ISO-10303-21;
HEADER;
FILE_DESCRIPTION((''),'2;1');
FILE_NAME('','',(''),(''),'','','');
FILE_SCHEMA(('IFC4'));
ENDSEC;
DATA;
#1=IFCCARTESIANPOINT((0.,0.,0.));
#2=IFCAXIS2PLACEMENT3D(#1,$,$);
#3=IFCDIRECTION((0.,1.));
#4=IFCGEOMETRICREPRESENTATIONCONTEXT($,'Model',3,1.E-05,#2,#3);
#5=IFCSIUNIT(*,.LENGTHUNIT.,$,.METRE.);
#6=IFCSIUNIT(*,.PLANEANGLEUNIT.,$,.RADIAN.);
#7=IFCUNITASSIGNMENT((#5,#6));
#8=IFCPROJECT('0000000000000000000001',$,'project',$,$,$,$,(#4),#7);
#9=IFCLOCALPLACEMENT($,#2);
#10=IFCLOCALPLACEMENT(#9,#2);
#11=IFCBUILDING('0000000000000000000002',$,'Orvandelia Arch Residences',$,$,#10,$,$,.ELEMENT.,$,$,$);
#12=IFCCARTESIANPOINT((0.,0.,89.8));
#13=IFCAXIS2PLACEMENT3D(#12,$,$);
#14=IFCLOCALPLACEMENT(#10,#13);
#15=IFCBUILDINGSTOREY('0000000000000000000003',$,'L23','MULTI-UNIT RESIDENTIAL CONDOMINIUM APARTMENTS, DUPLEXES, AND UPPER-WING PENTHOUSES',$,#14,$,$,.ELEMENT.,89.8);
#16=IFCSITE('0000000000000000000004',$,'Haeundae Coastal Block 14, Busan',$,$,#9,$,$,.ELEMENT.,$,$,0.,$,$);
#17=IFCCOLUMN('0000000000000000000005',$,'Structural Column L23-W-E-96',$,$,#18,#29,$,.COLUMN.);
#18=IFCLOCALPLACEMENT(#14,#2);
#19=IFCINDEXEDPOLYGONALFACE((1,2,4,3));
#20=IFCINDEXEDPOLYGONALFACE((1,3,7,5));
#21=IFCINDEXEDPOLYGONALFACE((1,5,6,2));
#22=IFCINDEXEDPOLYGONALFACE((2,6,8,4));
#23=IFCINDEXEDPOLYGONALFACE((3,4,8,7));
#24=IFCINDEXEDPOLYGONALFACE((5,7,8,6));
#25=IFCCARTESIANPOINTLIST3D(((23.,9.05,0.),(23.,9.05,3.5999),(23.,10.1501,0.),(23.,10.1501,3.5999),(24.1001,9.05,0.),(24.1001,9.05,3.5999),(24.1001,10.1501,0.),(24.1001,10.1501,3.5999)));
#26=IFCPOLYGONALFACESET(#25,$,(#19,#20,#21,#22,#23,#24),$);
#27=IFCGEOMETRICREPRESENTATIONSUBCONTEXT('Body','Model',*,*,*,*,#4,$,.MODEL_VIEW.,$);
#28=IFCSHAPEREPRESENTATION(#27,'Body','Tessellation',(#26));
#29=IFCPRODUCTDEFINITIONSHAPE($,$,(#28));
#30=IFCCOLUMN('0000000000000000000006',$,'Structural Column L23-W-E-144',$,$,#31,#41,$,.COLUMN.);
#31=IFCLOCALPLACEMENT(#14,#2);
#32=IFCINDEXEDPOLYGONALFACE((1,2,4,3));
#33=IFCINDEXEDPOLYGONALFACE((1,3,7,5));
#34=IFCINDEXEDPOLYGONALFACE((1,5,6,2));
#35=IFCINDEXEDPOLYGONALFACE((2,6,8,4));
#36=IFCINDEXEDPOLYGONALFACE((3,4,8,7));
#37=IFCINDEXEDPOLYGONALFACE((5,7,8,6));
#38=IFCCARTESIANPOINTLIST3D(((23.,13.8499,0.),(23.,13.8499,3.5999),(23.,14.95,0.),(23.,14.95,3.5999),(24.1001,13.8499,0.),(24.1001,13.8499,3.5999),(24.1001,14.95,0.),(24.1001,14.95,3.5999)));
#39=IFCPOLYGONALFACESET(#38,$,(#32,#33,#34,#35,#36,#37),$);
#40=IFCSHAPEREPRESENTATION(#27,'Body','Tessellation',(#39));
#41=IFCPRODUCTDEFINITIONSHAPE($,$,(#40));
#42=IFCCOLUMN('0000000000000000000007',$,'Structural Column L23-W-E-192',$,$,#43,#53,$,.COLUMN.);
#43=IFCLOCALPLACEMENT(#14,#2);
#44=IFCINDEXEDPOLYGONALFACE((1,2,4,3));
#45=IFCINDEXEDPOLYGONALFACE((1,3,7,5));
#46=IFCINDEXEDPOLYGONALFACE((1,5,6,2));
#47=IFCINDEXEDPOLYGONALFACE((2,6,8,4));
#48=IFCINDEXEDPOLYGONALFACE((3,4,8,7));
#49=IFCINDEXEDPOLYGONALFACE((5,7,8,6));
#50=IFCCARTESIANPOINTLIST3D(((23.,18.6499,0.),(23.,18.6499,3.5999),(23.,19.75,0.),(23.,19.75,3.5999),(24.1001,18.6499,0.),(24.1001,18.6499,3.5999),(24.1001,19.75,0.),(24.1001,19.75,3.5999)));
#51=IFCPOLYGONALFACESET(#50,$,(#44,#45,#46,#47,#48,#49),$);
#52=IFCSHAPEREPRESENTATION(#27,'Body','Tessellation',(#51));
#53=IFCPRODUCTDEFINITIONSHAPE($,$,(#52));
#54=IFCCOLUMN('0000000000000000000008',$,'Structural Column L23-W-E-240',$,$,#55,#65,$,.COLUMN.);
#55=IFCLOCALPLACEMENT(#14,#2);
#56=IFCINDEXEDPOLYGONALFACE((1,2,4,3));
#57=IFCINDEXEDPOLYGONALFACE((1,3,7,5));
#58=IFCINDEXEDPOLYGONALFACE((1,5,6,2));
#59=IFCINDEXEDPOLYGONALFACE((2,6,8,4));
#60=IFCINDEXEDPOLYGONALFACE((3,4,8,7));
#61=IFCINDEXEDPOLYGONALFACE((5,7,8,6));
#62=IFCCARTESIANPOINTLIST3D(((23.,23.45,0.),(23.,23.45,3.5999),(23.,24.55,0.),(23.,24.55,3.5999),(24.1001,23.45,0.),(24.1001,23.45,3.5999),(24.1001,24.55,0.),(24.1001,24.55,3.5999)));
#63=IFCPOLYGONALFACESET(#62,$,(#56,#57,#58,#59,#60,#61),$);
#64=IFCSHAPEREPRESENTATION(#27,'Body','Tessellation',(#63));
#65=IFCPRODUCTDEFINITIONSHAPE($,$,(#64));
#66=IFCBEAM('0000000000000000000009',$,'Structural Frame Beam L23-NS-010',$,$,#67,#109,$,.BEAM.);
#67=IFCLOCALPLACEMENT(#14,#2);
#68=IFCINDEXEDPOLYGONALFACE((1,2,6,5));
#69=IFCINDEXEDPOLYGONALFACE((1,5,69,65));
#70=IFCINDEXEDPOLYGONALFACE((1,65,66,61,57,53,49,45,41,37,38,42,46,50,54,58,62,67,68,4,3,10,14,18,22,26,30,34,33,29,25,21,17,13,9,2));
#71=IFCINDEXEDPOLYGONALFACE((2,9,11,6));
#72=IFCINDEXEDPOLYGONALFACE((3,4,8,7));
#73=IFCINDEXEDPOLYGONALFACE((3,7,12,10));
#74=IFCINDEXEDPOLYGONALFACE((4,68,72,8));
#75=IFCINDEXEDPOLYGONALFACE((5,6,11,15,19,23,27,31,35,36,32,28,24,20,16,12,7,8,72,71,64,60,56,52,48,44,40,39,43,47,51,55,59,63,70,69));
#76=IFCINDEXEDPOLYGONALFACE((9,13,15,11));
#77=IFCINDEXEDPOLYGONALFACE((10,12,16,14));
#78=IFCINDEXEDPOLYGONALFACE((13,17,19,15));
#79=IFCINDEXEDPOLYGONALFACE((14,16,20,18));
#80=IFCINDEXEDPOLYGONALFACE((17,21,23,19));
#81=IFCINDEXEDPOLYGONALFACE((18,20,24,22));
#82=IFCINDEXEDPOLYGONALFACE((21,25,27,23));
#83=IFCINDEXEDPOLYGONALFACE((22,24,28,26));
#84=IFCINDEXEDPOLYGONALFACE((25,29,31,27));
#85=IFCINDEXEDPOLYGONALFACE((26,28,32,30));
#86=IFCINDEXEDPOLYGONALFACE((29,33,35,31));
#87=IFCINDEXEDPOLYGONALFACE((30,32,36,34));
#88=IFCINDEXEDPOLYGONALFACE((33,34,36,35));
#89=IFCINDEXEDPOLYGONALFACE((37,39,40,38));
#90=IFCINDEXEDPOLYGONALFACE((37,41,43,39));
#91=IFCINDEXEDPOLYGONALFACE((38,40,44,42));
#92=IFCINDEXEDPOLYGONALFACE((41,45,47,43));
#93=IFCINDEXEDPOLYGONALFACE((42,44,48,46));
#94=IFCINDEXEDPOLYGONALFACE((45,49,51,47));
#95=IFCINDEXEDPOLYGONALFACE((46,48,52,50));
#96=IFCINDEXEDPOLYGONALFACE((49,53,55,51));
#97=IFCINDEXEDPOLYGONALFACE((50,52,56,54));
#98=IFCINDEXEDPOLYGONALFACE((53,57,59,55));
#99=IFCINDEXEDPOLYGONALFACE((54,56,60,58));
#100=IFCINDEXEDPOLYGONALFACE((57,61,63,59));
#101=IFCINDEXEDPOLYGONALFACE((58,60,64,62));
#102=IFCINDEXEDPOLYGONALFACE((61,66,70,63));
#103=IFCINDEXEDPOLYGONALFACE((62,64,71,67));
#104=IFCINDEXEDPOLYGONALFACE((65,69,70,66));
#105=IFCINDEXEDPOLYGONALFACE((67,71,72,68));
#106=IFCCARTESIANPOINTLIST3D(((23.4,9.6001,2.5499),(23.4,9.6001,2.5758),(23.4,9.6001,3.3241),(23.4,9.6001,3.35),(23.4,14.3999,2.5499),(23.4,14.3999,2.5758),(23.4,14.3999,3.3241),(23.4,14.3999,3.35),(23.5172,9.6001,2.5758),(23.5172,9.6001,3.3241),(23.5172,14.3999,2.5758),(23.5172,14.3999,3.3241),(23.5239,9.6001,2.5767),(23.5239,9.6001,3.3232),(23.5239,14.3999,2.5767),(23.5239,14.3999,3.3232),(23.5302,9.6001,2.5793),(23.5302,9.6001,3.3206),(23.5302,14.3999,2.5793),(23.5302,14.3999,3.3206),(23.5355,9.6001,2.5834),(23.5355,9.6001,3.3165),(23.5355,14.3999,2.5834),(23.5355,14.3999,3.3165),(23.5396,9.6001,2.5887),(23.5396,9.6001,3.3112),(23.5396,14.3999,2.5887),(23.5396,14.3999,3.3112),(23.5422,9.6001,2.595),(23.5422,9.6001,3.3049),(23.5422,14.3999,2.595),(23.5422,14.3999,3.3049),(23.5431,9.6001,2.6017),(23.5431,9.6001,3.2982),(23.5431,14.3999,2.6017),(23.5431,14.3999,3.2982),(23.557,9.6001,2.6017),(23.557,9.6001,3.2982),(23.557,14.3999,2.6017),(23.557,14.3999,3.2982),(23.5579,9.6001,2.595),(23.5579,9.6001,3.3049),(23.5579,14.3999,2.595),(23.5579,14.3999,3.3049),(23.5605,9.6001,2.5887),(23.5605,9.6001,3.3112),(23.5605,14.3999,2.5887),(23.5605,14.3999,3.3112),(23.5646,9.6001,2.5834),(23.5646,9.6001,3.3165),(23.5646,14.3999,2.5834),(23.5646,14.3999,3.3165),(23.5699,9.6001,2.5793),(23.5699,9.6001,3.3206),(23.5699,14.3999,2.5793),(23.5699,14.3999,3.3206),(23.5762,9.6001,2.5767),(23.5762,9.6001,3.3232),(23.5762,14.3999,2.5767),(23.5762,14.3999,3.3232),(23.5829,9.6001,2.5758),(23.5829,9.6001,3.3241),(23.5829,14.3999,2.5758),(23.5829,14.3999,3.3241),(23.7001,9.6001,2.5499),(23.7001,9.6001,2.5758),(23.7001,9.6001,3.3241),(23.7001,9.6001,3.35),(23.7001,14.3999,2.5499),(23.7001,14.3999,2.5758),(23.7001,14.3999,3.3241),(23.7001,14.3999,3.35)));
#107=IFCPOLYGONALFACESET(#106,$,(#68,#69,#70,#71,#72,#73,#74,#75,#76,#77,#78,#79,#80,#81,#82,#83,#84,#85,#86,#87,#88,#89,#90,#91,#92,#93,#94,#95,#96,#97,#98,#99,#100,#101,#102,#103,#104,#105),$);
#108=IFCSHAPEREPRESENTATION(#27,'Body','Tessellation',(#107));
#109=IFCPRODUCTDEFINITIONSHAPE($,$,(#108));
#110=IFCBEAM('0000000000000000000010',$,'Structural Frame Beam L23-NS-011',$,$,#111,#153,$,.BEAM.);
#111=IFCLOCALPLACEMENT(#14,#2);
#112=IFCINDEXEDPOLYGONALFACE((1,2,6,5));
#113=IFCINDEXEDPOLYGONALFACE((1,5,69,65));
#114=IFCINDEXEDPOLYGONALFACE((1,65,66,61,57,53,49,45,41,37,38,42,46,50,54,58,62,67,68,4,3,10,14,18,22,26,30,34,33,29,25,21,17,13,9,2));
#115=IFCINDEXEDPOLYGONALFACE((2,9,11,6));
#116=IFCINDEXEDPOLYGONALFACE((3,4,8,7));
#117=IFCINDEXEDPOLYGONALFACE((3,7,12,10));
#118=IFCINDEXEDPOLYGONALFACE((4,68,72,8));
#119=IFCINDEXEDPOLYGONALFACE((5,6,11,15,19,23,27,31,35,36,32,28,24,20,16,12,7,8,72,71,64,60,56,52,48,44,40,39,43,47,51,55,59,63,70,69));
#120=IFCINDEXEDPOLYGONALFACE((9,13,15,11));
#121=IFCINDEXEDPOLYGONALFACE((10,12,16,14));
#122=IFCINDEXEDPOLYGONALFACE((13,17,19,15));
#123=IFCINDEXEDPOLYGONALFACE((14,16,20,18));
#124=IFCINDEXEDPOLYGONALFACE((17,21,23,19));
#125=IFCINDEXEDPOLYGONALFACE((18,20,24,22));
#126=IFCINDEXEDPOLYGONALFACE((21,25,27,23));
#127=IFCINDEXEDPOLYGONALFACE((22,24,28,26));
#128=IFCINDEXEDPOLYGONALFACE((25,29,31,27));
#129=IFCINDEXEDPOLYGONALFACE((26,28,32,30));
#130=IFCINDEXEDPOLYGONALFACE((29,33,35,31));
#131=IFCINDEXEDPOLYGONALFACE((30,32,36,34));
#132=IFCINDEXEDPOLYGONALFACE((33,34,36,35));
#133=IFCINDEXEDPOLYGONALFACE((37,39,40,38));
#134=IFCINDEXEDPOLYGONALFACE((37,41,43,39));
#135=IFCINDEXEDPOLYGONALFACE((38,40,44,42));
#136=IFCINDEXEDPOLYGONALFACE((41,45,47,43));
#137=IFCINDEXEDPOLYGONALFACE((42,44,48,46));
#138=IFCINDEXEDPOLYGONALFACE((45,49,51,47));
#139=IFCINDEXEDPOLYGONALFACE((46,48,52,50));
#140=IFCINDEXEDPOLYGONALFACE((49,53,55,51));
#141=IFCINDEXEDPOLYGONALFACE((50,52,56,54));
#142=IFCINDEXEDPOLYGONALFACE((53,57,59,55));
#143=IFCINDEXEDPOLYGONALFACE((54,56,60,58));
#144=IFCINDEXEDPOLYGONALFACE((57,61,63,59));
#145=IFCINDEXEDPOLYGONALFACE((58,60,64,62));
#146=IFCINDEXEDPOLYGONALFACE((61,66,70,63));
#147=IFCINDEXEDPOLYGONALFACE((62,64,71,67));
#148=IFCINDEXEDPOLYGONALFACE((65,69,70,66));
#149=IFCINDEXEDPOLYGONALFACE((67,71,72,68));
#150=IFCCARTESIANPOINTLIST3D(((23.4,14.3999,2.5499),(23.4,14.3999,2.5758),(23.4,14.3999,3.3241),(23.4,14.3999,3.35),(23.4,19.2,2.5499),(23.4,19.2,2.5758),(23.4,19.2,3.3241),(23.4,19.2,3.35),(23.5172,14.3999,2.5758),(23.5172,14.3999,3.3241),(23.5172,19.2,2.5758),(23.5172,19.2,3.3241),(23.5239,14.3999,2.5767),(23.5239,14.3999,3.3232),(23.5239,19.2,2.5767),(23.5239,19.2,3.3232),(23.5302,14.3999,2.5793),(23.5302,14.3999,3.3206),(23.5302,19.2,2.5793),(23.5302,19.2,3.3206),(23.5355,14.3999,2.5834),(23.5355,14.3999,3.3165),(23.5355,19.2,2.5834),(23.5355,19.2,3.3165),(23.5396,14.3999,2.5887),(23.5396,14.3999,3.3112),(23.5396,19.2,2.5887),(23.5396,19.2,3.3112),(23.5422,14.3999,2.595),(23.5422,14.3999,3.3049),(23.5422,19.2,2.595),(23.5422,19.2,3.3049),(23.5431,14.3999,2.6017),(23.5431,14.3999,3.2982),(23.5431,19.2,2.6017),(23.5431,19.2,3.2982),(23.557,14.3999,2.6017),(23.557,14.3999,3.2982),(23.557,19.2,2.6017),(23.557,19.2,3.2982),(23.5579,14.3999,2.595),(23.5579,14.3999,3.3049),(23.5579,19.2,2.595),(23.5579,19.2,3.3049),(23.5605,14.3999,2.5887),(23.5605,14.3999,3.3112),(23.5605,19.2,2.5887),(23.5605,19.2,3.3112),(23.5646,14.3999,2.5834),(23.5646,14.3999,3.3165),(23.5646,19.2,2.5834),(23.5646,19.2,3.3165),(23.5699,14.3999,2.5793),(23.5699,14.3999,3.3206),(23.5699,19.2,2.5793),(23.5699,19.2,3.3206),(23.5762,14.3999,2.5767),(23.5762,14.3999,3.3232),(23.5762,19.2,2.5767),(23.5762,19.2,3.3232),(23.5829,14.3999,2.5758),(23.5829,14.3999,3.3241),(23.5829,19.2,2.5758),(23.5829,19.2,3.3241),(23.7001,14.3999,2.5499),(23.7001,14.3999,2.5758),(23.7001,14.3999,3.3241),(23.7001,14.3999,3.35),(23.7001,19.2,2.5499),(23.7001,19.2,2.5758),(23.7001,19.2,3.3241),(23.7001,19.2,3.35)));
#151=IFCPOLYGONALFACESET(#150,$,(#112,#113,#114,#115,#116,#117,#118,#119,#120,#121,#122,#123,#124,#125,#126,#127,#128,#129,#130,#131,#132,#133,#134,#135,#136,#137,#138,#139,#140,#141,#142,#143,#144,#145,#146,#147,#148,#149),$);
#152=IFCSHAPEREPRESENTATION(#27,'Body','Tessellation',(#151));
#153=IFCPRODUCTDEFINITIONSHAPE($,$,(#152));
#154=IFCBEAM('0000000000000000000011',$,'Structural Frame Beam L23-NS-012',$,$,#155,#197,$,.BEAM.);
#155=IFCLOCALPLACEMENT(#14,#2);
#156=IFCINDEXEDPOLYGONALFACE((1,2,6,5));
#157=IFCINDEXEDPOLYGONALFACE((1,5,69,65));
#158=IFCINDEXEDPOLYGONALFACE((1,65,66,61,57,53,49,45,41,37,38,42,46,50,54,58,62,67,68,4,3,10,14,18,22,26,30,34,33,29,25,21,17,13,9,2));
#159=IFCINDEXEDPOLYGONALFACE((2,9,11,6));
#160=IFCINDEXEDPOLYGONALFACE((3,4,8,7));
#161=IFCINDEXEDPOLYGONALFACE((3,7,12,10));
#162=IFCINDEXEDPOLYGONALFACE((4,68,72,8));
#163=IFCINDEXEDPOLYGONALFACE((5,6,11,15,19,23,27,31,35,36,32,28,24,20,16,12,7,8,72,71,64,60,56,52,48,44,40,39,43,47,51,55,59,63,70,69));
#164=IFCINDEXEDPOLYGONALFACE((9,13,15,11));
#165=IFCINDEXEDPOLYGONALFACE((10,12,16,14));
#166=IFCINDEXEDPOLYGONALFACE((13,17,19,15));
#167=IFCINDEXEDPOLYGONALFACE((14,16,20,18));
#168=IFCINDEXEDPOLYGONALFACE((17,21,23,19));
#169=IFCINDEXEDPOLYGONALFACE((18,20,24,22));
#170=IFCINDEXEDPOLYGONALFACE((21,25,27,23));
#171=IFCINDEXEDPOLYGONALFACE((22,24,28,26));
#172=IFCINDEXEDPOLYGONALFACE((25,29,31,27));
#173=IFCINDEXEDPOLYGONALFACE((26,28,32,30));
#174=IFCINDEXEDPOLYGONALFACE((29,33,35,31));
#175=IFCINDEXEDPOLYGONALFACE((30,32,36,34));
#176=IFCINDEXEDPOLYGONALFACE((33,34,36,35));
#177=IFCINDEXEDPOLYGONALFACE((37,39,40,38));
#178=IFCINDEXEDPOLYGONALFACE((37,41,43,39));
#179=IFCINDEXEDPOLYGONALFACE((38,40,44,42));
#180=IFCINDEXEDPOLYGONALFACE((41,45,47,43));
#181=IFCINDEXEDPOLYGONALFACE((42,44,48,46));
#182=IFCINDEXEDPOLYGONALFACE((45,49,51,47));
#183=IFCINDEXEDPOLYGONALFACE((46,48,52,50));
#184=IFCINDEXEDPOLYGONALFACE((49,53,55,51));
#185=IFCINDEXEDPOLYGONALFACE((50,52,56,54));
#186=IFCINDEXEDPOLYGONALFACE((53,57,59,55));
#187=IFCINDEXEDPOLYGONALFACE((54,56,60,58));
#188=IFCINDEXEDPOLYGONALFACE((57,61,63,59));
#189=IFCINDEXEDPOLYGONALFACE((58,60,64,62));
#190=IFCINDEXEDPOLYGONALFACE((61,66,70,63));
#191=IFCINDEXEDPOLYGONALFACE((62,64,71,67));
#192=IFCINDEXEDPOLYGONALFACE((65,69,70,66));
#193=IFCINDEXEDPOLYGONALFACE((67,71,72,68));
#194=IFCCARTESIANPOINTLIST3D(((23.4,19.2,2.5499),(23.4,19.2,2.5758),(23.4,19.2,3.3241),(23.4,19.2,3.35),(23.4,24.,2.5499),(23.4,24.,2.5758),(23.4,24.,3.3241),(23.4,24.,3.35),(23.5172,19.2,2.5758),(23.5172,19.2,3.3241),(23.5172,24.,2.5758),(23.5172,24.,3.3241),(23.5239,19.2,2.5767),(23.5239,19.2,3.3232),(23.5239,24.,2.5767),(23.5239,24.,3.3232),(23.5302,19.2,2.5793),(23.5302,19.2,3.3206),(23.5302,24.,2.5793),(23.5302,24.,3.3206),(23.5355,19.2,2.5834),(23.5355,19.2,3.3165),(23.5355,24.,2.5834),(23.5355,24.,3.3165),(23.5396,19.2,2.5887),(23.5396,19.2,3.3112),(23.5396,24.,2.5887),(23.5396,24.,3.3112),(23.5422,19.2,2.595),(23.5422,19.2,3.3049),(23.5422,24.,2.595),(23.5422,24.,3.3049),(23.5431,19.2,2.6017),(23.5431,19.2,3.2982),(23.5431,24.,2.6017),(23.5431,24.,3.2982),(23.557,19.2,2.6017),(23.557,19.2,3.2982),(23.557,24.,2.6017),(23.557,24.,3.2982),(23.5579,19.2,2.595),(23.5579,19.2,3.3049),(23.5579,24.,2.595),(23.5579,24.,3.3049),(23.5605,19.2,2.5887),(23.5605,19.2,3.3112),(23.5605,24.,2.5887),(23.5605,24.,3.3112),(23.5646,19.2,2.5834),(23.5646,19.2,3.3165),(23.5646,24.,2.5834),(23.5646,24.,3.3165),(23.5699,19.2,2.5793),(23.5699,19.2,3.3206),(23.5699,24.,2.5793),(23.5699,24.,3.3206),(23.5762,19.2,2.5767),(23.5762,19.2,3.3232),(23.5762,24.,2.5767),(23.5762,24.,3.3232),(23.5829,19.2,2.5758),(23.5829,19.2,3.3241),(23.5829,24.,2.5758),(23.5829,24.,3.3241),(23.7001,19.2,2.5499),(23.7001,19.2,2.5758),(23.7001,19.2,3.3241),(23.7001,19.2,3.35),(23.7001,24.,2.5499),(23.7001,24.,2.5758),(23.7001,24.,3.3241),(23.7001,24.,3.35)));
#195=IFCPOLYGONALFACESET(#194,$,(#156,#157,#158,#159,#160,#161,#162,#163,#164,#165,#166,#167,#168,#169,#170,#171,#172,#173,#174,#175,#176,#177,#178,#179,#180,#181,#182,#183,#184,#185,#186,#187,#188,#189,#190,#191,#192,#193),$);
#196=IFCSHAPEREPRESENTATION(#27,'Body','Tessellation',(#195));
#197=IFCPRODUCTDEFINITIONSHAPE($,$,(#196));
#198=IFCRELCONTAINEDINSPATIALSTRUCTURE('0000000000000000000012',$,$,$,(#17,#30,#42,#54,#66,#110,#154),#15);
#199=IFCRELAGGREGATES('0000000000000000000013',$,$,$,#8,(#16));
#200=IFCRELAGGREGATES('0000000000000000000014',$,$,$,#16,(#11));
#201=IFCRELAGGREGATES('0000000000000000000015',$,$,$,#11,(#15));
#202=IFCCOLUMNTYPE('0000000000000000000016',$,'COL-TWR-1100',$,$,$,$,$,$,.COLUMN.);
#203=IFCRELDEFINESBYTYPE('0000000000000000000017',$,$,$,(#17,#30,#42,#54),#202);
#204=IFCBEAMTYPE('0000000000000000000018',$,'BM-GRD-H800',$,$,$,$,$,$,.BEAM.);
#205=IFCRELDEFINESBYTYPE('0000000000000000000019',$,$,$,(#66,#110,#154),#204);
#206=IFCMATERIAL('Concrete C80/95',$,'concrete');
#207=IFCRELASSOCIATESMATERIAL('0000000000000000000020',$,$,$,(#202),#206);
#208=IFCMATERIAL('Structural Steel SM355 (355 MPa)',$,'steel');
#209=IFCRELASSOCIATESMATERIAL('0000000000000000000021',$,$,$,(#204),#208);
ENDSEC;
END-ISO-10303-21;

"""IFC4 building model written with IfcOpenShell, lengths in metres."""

from ifc_helpers import new_model, si_unit, direction, frame, origin, origin_2d, place, context, subcontext, project, spatial, rectangle, i_section, extrude, material, material_profile, profile_set, type_object, element, save


model = new_model("IFC4")

# Units and contexts
model_context = context("Model", 3, precision=1e-05, world=origin(), true_north=direction((0.0, 1.0)))
body_context = subcontext(model_context, "Body", "Model", "MODEL_VIEW")
ifc_project = project(units=[si_unit("LENGTHUNIT", "METRE"), si_unit("PLANEANGLEUNIT", "RADIAN")], contexts=[model_context])

# Site, building, storey
site_placement = place(None, origin())
site = spatial("IfcSite", under=ifc_project, at=site_placement, Name="Haeundae Coastal Block 14, Busan", CompositionType="ELEMENT", RefElevation=0.0)
building_placement = place(site_placement, origin())
building = spatial("IfcBuilding", under=site, at=building_placement, Name="Orvandelia Arch Residences", CompositionType="ELEMENT")
storey_placement = place(building_placement, frame((0.0, 0.0, 89.8)))
storey = spatial("IfcBuildingStorey", under=building, at=storey_placement, Name="L23", Description="MULTI-UNIT RESIDENTIAL CONDOMINIUM APARTMENTS, DUPLEXES, AND UPPER-WING PENTHOUSES", CompositionType="ELEMENT", Elevation=89.8)

# Columns
ifc_material_1 = material(Name="Concrete C80/95", Category="concrete")
ifc_material_profile_1 = material_profile(ifc_material_1, rectangle(XDim=1.1001, YDim=1.1001, at=origin_2d()), Name="Concrete C80/95", Category="concrete")
ifc_profile_set_1 = profile_set([ifc_material_profile_1], Name="Concrete C80/95")
column_type = type_object("IfcColumnType", Name="COL-TWR-1100", PredefinedType="COLUMN", material=ifc_profile_set_1)
for number, where, z_axis, x_axis, name in (
    (1, (23.55, 9.6001, 0.0), (0.0, 0.0, 1.0), (1.0, 0.0, 0.0), "Structural Column L23-W-E-96"),
    (2, (23.55, 14.3999, 0.0), (0.0, 0.0, 1.0), (1.0, 0.0, 0.0), "Structural Column L23-W-E-144"),
    (3, (23.55, 19.2, 0.0), (0.0, 0.0, 1.0), (1.0, 0.0, 0.0), "Structural Column L23-W-E-192"),
    (4, (23.55, 24.0, 0.0), (0.0, 0.0, 1.0), (1.0, 0.0, 0.0), "Structural Column L23-W-E-240"),
):
    element("IfcColumn", number, at=place(storey_placement, frame(where, z_axis=z_axis, x_axis=x_axis)), inside=storey, type_object=column_type, Name=name, PredefinedType="COLUMN", context=body_context, shape_type="SweptSolid", body=[
        extrude(rectangle(XDim=1.1001, YDim=1.1001, at=origin_2d()), origin(), (0.0, 0.0, 1.0), 3.5999),
    ])

# Beams
ifc_material_2 = material(Name="Structural Steel SM355 (355 MPa)", Category="steel")
ifc_material_profile_2 = material_profile(ifc_material_2, i_section(OverallWidth=0.3, OverallDepth=0.8, WebThickness=0.0139, FlangeThickness=0.0259, FilletRadius=0.0259, at=origin_2d()), Name="Structural Steel SM355 (355 MPa)", Category="steel")
ifc_profile_set_2 = profile_set([ifc_material_profile_2], Name="Structural Steel SM355 (355 MPa)")
beam_type = type_object("IfcBeamType", Name="BM-GRD-H800", PredefinedType="BEAM", material=ifc_profile_set_2)
beam_1_placement = place(storey_placement, frame((23.55, 9.6001, 2.95), z_axis=(0.0, 1.0, 0.0), x_axis=(-1.0, 0.0, 0.0)))
element("IfcBeam", 5, at=beam_1_placement, inside=storey, type_object=beam_type, Name="Structural Frame Beam L23-NS-010", PredefinedType="BEAM", context=body_context, shape_type="SweptSolid", body=[
    extrude(i_section(OverallWidth=0.3, OverallDepth=0.8, WebThickness=0.0139, FlangeThickness=0.0259, FilletRadius=0.0259, at=origin_2d()), origin(), (0.0, 0.0, 1.0), 4.7998),
])
for number, where, z_axis, x_axis, name in (
    (6, (23.55, 14.3999, 2.95), (0.0, 1.0, 0.0), (-1.0, 0.0, 0.0), "Structural Frame Beam L23-NS-011"),
    (7, (23.55, 19.2, 2.95), (0.0, 1.0, 0.0), (-1.0, 0.0, 0.0), "Structural Frame Beam L23-NS-012"),
):
    element("IfcBeam", number, at=place(storey_placement, frame(where, z_axis=z_axis, x_axis=x_axis)), inside=storey, type_object=beam_type, Name=name, PredefinedType="BEAM", context=body_context, shape_type="SweptSolid", body=[
        extrude(i_section(OverallWidth=0.3, OverallDepth=0.8, WebThickness=0.0139, FlangeThickness=0.0259, FilletRadius=0.0259, at=origin_2d()), origin(), (0.0, 0.0, 1.0), 4.8),
    ])

save(model, "model.ifc")
